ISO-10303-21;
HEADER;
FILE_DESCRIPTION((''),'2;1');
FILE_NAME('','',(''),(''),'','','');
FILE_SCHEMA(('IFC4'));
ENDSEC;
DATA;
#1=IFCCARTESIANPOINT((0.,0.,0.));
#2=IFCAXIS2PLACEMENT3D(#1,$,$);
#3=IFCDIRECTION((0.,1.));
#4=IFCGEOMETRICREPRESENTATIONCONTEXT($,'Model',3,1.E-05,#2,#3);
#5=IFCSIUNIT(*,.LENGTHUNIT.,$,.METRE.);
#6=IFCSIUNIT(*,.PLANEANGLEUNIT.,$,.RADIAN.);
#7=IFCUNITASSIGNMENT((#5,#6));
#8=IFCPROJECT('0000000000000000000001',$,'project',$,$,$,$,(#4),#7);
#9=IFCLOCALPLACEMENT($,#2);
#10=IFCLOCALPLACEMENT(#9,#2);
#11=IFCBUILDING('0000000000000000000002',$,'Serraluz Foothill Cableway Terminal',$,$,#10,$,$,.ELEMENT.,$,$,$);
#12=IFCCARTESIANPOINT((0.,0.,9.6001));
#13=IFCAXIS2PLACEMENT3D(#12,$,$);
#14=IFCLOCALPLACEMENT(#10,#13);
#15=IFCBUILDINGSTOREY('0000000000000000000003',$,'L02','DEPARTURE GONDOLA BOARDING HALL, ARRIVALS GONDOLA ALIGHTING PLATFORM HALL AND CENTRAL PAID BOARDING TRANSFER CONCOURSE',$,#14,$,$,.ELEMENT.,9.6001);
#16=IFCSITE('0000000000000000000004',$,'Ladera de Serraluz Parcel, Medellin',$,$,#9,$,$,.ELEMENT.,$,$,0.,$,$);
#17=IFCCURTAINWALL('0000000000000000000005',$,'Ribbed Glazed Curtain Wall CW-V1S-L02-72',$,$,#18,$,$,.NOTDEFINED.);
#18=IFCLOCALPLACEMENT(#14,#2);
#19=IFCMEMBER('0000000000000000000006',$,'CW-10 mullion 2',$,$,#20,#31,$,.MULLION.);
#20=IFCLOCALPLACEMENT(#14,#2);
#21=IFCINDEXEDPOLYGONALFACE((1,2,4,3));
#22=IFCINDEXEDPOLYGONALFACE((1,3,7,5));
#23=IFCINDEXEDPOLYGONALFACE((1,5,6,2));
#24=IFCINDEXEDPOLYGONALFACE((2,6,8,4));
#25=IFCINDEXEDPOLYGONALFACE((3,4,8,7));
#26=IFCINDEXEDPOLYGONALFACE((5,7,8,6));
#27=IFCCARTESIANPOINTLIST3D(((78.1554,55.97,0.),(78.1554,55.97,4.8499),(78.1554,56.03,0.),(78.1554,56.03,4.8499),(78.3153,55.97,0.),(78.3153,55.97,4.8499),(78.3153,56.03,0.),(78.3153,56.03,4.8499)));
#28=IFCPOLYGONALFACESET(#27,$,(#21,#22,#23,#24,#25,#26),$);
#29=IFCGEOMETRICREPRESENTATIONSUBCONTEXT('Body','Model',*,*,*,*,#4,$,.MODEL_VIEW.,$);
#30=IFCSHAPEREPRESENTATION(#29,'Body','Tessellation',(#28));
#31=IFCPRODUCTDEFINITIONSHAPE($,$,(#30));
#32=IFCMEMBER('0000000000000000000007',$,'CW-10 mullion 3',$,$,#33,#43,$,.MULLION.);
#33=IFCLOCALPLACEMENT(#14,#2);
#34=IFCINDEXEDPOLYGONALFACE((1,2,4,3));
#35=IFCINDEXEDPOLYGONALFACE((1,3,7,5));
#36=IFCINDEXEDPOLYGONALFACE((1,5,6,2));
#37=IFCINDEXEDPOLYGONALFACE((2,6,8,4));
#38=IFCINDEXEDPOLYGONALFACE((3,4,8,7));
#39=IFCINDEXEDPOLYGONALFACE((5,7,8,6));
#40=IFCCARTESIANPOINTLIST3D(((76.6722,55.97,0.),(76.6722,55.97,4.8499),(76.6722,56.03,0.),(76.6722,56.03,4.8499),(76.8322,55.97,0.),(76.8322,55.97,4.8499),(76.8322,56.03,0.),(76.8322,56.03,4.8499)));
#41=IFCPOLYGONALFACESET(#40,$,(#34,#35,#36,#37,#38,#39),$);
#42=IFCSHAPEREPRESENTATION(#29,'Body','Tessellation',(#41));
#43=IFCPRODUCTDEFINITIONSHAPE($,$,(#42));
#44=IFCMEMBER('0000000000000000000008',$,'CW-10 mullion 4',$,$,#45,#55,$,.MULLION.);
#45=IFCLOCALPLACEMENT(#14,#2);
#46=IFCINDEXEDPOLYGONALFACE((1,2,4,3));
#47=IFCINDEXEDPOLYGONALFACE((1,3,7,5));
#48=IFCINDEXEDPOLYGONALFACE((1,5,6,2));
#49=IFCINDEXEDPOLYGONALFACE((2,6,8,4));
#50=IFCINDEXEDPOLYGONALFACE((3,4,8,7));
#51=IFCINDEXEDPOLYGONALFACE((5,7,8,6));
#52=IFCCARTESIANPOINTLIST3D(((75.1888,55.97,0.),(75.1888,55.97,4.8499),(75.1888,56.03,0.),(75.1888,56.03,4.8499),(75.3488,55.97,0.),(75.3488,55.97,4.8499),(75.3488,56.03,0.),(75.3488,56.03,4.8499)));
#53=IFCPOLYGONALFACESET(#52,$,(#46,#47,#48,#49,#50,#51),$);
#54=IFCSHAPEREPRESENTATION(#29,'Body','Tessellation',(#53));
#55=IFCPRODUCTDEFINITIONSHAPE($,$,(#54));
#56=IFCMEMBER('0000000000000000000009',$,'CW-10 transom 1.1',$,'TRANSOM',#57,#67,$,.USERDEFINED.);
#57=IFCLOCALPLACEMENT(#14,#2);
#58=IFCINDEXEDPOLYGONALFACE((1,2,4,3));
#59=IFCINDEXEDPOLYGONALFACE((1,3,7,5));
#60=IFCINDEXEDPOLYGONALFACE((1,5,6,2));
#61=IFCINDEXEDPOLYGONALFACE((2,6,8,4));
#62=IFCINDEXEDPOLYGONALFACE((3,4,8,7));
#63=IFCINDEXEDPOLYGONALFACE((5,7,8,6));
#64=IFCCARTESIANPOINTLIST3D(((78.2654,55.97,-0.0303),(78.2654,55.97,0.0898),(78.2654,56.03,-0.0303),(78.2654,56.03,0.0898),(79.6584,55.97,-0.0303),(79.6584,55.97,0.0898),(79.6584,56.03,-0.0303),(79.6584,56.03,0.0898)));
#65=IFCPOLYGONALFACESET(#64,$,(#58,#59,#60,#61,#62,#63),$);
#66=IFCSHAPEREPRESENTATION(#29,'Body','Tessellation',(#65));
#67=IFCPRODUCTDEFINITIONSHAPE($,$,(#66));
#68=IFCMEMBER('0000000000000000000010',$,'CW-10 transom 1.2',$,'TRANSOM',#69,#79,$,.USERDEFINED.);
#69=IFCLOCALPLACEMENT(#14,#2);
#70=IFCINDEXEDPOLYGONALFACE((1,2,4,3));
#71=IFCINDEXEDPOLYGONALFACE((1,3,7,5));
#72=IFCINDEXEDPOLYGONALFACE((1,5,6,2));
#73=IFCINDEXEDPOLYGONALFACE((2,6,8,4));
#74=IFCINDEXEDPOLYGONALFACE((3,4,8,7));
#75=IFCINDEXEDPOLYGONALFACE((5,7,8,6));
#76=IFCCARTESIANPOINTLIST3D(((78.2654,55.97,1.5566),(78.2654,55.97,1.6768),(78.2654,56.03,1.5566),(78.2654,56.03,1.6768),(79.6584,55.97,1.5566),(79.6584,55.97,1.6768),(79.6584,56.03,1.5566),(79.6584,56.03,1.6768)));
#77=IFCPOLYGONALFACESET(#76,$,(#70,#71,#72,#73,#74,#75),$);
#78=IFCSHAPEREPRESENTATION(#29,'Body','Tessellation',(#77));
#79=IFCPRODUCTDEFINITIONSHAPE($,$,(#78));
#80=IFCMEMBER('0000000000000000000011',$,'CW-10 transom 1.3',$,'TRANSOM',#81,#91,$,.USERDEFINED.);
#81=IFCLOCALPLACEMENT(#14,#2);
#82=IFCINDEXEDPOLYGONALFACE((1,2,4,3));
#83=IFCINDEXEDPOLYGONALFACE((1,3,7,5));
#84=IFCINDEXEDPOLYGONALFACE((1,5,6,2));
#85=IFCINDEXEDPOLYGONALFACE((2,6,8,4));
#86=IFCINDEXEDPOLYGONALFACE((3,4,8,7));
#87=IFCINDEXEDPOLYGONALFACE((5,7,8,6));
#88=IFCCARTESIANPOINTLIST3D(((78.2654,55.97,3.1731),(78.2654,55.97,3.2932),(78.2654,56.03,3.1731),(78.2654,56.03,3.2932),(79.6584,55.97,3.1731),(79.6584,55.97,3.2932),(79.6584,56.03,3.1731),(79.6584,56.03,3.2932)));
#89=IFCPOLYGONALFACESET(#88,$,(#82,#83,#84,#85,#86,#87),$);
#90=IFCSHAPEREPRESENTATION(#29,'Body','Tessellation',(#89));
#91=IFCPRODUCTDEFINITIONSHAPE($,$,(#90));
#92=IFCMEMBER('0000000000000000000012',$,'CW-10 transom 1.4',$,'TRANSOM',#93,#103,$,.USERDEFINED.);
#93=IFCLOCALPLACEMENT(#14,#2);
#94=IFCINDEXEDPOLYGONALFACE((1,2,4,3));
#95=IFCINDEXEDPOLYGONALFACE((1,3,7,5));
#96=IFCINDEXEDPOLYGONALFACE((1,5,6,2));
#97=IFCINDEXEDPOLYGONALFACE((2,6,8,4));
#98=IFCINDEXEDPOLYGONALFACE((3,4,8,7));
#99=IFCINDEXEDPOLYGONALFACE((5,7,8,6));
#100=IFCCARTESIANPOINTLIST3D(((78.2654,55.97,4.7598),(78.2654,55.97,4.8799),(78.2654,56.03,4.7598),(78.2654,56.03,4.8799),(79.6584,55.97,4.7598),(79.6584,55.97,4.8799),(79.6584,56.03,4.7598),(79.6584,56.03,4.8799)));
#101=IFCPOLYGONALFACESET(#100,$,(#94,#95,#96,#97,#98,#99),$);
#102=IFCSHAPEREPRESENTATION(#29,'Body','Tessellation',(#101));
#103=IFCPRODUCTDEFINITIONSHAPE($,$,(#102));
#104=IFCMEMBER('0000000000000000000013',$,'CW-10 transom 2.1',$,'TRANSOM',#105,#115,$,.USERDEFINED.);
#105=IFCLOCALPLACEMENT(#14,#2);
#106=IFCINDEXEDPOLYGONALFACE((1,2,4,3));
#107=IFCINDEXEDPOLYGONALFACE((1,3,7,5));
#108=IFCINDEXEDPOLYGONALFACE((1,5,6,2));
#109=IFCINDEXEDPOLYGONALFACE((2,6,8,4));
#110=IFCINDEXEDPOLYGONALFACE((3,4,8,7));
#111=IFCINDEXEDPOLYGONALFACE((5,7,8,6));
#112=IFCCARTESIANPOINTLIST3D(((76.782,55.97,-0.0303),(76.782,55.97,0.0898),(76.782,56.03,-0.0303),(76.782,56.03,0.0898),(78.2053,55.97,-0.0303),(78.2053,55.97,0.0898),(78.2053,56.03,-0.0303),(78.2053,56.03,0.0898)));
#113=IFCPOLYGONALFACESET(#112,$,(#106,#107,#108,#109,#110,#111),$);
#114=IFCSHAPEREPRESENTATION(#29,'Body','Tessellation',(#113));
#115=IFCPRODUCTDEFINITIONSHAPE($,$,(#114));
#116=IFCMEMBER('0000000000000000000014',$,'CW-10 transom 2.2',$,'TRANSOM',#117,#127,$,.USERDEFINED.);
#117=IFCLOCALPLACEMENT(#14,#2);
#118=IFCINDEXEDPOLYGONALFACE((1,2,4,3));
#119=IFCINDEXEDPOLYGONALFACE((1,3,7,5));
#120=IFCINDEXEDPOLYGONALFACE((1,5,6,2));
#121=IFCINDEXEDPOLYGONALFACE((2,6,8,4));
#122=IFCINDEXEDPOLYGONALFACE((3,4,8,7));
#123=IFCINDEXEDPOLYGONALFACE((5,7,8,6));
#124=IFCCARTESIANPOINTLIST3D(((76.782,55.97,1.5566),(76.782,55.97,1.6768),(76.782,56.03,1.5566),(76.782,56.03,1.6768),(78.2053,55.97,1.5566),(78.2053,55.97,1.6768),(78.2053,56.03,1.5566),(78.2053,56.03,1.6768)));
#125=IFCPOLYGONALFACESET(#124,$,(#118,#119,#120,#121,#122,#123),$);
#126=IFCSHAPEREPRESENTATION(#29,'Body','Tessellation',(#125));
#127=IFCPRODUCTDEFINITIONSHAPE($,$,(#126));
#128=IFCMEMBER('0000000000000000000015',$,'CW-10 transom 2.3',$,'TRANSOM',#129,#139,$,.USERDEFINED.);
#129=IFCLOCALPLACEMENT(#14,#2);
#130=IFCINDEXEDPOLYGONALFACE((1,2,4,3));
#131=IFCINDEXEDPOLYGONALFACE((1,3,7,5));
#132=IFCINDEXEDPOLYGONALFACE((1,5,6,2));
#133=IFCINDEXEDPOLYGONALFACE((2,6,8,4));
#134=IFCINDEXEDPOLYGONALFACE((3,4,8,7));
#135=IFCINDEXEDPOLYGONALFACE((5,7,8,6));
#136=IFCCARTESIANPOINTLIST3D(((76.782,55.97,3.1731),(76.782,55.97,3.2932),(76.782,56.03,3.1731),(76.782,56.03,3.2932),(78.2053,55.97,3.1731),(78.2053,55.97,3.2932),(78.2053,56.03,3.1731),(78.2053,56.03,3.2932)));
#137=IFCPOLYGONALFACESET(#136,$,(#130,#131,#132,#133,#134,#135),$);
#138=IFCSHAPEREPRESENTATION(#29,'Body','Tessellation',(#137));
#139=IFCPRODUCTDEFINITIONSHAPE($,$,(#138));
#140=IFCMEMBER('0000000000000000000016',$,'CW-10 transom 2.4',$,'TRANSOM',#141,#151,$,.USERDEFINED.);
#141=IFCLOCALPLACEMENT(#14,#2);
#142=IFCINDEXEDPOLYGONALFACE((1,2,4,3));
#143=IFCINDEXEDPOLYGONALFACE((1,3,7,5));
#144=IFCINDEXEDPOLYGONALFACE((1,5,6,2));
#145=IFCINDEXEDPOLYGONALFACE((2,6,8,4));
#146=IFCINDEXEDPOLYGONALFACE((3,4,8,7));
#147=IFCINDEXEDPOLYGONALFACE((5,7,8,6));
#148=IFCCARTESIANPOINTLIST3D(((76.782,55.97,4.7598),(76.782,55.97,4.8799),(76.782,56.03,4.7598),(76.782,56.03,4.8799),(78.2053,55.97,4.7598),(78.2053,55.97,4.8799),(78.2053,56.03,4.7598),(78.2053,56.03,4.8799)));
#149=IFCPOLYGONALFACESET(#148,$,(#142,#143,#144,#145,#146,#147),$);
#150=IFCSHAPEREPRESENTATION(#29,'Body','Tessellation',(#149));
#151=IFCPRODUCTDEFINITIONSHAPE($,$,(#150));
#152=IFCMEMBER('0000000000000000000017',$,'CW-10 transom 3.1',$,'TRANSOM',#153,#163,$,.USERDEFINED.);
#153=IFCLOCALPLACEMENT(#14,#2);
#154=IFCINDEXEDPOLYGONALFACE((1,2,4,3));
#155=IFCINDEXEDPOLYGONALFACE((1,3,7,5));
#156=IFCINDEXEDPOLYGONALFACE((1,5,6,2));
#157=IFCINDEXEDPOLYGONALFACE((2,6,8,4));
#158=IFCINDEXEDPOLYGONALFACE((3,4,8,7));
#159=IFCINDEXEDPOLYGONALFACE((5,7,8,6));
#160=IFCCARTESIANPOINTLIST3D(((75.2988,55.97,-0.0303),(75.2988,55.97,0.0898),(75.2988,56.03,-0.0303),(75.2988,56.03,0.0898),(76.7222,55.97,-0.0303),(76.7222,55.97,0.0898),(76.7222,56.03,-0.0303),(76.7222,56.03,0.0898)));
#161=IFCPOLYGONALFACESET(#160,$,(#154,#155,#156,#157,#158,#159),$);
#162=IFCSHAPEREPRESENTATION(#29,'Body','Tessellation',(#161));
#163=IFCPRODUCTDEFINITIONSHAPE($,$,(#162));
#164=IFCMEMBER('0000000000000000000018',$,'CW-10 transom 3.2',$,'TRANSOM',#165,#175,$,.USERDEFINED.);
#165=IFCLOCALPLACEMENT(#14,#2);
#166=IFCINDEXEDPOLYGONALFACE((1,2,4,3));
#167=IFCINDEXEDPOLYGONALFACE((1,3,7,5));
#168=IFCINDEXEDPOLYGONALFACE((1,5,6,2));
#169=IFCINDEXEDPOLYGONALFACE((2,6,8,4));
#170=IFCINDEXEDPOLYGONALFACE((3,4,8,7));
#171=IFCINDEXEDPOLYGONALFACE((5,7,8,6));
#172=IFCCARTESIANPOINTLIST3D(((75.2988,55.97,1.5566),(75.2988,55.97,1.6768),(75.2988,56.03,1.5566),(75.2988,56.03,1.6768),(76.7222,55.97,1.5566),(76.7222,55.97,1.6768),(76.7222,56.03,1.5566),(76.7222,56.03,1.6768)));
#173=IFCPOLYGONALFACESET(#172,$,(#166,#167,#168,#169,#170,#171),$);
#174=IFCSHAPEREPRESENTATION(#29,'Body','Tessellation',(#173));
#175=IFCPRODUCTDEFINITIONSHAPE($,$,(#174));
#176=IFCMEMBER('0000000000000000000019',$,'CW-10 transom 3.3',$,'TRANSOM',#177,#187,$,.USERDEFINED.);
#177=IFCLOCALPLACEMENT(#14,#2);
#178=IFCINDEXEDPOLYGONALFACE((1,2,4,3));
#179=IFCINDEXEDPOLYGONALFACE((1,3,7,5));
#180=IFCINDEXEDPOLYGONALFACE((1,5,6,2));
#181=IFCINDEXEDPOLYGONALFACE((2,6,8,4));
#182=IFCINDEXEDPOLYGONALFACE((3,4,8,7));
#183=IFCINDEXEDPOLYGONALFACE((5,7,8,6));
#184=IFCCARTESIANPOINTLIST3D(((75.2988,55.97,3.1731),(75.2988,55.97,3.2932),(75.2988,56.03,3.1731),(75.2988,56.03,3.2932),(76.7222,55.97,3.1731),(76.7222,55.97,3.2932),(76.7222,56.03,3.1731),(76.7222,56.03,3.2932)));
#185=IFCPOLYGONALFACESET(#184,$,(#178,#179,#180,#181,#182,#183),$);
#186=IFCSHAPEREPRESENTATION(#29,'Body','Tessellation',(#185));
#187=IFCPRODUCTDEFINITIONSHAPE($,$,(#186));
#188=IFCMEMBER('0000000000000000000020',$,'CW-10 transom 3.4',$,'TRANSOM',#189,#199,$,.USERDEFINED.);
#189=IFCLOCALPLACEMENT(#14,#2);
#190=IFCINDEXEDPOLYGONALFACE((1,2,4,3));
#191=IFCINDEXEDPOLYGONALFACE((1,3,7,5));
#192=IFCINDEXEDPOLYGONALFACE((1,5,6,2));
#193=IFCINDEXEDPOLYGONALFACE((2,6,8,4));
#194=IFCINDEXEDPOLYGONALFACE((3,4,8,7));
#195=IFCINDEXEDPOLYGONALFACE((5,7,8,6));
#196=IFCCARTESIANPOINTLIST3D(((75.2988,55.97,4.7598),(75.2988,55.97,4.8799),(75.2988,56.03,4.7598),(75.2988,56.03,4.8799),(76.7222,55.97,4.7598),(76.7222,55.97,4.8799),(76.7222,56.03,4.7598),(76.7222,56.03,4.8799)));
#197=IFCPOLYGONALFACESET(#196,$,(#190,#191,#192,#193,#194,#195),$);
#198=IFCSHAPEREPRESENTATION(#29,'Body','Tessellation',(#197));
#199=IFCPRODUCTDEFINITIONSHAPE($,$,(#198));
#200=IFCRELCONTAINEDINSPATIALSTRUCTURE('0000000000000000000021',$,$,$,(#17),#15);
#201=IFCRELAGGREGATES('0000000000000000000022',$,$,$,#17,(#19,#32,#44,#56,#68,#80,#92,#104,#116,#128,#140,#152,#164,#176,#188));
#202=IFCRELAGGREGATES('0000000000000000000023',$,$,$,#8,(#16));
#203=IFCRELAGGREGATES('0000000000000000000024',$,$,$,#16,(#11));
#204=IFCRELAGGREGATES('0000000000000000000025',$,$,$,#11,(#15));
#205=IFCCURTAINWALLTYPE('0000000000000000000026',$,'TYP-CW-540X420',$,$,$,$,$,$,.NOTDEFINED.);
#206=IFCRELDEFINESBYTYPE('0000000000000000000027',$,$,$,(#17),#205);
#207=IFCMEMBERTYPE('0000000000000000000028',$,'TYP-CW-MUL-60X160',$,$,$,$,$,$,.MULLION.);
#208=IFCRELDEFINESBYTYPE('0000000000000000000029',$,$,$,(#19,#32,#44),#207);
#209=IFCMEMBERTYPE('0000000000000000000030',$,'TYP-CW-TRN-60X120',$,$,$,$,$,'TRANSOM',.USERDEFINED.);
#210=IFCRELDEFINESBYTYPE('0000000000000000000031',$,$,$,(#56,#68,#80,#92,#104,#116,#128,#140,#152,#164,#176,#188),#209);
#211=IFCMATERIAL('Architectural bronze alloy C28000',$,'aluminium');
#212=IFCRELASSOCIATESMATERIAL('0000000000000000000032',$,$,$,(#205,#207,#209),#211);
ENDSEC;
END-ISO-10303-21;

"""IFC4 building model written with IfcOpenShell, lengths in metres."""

from ifc_helpers import new_model, si_unit, direction, frame, origin, origin_2d, place, context, subcontext, project, spatial, rectangle, extrude, material, material_profile, profile_set, type_object, element, aggregate, save


model = new_model("IFC4")

# Units and contexts
model_context = context("Model", 3, precision=1e-05, world=origin(), true_north=direction((0.0, 1.0)))
body_context = subcontext(model_context, "Body", "Model", "MODEL_VIEW")
ifc_project = project(units=[si_unit("LENGTHUNIT", "METRE"), si_unit("PLANEANGLEUNIT", "RADIAN")], contexts=[model_context])

# Site, building, storey
site_placement = place(None, origin())
site = spatial("IfcSite", under=ifc_project, at=site_placement, Name="Ladera de Serraluz Parcel, Medellin", CompositionType="ELEMENT", RefElevation=0.0)
building_placement = place(site_placement, origin())
building = spatial("IfcBuilding", under=site, at=building_placement, Name="Serraluz Foothill Cableway Terminal", CompositionType="ELEMENT")
storey_placement = place(building_placement, frame((0.0, 0.0, 9.6001)))
storey = spatial("IfcBuildingStorey", under=building, at=storey_placement, Name="L02", Description="DEPARTURE GONDOLA BOARDING HALL, ARRIVALS GONDOLA ALIGHTING PLATFORM HALL AND CENTRAL PAID BOARDING TRANSFER CONCOURSE", CompositionType="ELEMENT", Elevation=9.6001)

# Curtain wall, members
ifc_material_1 = material(Name="Architectural bronze alloy C28000", Category="aluminium")
curtain_wall_type = type_object("IfcCurtainWallType", Name="TYP-CW-540X420", PredefinedType="NOTDEFINED", material=ifc_material_1)
curtain_wall_placement = place(storey_placement, origin())
curtain_wall = element("IfcCurtainWall", 1, at=curtain_wall_placement, inside=storey, type_object=curtain_wall_type, Name="Ribbed Glazed Curtain Wall CW-V1S-L02-72", PredefinedType="NOTDEFINED")
ifc_material_profile_1 = material_profile(ifc_material_1, rectangle(XDim=0.0601, YDim=0.1599, at=origin_2d()), Name="ALU MULLION 60x160")
ifc_profile_set_1 = profile_set([ifc_material_profile_1], Name="Architectural bronze alloy C28000")
member_type_1 = type_object("IfcMemberType", Name="TYP-CW-MUL-60X160", PredefinedType="MULLION", material=ifc_profile_set_1)
member_1_placement = place(storey_placement, frame((78.2354, 56.0, 0.0), z_axis=(0.0, 0.0, 1.0), x_axis=(0.0, -1.0, 0.0)))
member_1 = element("IfcMember", 2, at=member_1_placement, type_object=member_type_1, Name="CW-10 mullion 2", PredefinedType="MULLION", context=body_context, shape_type="SweptSolid", body=[
    extrude(rectangle(XDim=0.0601, YDim=0.1599, at=origin_2d()), origin(), (0.0, 0.0, 1.0), 4.8499),
])
member_2_placement = place(storey_placement, frame((76.7522, 56.0, 0.0), z_axis=(0.0, 0.0, 1.0), x_axis=(0.0, -1.0, 0.0)))
member_2 = element("IfcMember", 3, at=member_2_placement, type_object=member_type_1, Name="CW-10 mullion 3", PredefinedType="MULLION", context=body_context, shape_type="SweptSolid", body=[
    extrude(rectangle(XDim=0.0601, YDim=0.1599, at=origin_2d()), origin(), (0.0, 0.0, 1.0), 4.8499),
])
member_3_placement = place(storey_placement, frame((75.2688, 56.0, 0.0), z_axis=(0.0, 0.0, 1.0), x_axis=(0.0, -1.0, 0.0)))
member_3 = element("IfcMember", 4, at=member_3_placement, type_object=member_type_1, Name="CW-10 mullion 4", PredefinedType="MULLION", context=body_context, shape_type="SweptSolid", body=[
    extrude(rectangle(XDim=0.0601, YDim=0.1599, at=origin_2d()), origin(), (0.0, 0.0, 1.0), 4.8499),
])
ifc_material_profile_2 = material_profile(ifc_material_1, rectangle(XDim=0.0601, YDim=0.1201, at=origin_2d()), Name="ALU TRANSOM 60x120")
ifc_profile_set_2 = profile_set([ifc_material_profile_2], Name="Architectural bronze alloy C28000")
member_type_2 = type_object("IfcMemberType", Name="TYP-CW-TRN-60X120", ElementType="TRANSOM", PredefinedType="USERDEFINED", material=ifc_profile_set_2)
member_4_placement = place(storey_placement, frame((79.6584, 56.0, 0.0298), z_axis=(-1.0, 0.0, 0.0), x_axis=(0.0, -1.0, 0.0)))
member_4 = element("IfcMember", 5, at=member_4_placement, type_object=member_type_2, Name="CW-10 transom 1.1", ObjectType="TRANSOM", PredefinedType="USERDEFINED", context=body_context, shape_type="SweptSolid", body=[
    extrude(rectangle(XDim=0.0601, YDim=0.1201, at=origin_2d()), origin(), (0.0, 0.0, 1.0), 1.3931),
])
member_5_placement = place(storey_placement, frame((79.6584, 56.0, 1.6167), z_axis=(-1.0, 0.0, 0.0), x_axis=(0.0, -1.0, 0.0)))
member_5 = element("IfcMember", 6, at=member_5_placement, type_object=member_type_2, Name="CW-10 transom 1.2", ObjectType="TRANSOM", PredefinedType="USERDEFINED", context=body_context, shape_type="SweptSolid", body=[
    extrude(rectangle(XDim=0.0601, YDim=0.1201, at=origin_2d()), origin(), (0.0, 0.0, 1.0), 1.3931),
])
member_6_placement = place(storey_placement, frame((79.6584, 56.0, 3.2332), z_axis=(-1.0, 0.0, 0.0), x_axis=(0.0, -1.0, 0.0)))
member_6 = element("IfcMember", 7, at=member_6_placement, type_object=member_type_2, Name="CW-10 transom 1.3", ObjectType="TRANSOM", PredefinedType="USERDEFINED", context=body_context, shape_type="SweptSolid", body=[
    extrude(rectangle(XDim=0.0601, YDim=0.1201, at=origin_2d()), origin(), (0.0, 0.0, 1.0), 1.3931),
])
member_7_placement = place(storey_placement, frame((79.6584, 56.0, 4.8198), z_axis=(-1.0, 0.0, 0.0), x_axis=(0.0, -1.0, 0.0)))
member_7 = element("IfcMember", 8, at=member_7_placement, type_object=member_type_2, Name="CW-10 transom 1.4", ObjectType="TRANSOM", PredefinedType="USERDEFINED", context=body_context, shape_type="SweptSolid", body=[
    extrude(rectangle(XDim=0.0601, YDim=0.1201, at=origin_2d()), origin(), (0.0, 0.0, 1.0), 1.3931),
])
member_8_placement = place(storey_placement, frame((78.2053, 56.0, 0.0298), z_axis=(-1.0, 0.0, 0.0), x_axis=(0.0, -1.0, 0.0)))
member_8 = element("IfcMember", 9, at=member_8_placement, type_object=member_type_2, Name="CW-10 transom 2.1", ObjectType="TRANSOM", PredefinedType="USERDEFINED", context=body_context, shape_type="SweptSolid", body=[
    extrude(rectangle(XDim=0.0601, YDim=0.1201, at=origin_2d()), origin(), (0.0, 0.0, 1.0), 1.4233),
])
member_9_placement = place(storey_placement, frame((78.2053, 56.0, 1.6167), z_axis=(-1.0, 0.0, 0.0), x_axis=(0.0, -1.0, 0.0)))
member_9 = element("IfcMember", 10, at=member_9_placement, type_object=member_type_2, Name="CW-10 transom 2.2", ObjectType="TRANSOM", PredefinedType="USERDEFINED", context=body_context, shape_type="SweptSolid", body=[
    extrude(rectangle(XDim=0.0601, YDim=0.1201, at=origin_2d()), origin(), (0.0, 0.0, 1.0), 1.4233),
])
member_10_placement = place(storey_placement, frame((78.2053, 56.0, 3.2332), z_axis=(-1.0, 0.0, 0.0), x_axis=(0.0, -1.0, 0.0)))
member_10 = element("IfcMember", 11, at=member_10_placement, type_object=member_type_2, Name="CW-10 transom 2.3", ObjectType="TRANSOM", PredefinedType="USERDEFINED", context=body_context, shape_type="SweptSolid", body=[
    extrude(rectangle(XDim=0.0601, YDim=0.1201, at=origin_2d()), origin(), (0.0, 0.0, 1.0), 1.4233),
])
member_11_placement = place(storey_placement, frame((78.2053, 56.0, 4.8198), z_axis=(-1.0, 0.0, 0.0), x_axis=(0.0, -1.0, 0.0)))
member_11 = element("IfcMember", 12, at=member_11_placement, type_object=member_type_2, Name="CW-10 transom 2.4", ObjectType="TRANSOM", PredefinedType="USERDEFINED", context=body_context, shape_type="SweptSolid", body=[
    extrude(rectangle(XDim=0.0601, YDim=0.1201, at=origin_2d()), origin(), (0.0, 0.0, 1.0), 1.4233),
])
member_12_placement = place(storey_placement, frame((76.7222, 56.0, 0.0298), z_axis=(-1.0, 0.0, 0.0), x_axis=(0.0, -1.0, 0.0)))
member_12 = element("IfcMember", 13, at=member_12_placement, type_object=member_type_2, Name="CW-10 transom 3.1", ObjectType="TRANSOM", PredefinedType="USERDEFINED", context=body_context, shape_type="SweptSolid", body=[
    extrude(rectangle(XDim=0.0601, YDim=0.1201, at=origin_2d()), origin(), (0.0, 0.0, 1.0), 1.4233),
])
member_13_placement = place(storey_placement, frame((76.7222, 56.0, 1.6167), z_axis=(-1.0, 0.0, 0.0), x_axis=(0.0, -1.0, 0.0)))
member_13 = element("IfcMember", 14, at=member_13_placement, type_object=member_type_2, Name="CW-10 transom 3.2", ObjectType="TRANSOM", PredefinedType="USERDEFINED", context=body_context, shape_type="SweptSolid", body=[
    extrude(rectangle(XDim=0.0601, YDim=0.1201, at=origin_2d()), origin(), (0.0, 0.0, 1.0), 1.4233),
])
member_14_placement = place(storey_placement, frame((76.7222, 56.0, 3.2332), z_axis=(-1.0, 0.0, 0.0), x_axis=(0.0, -1.0, 0.0)))
member_14 = element("IfcMember", 15, at=member_14_placement, type_object=member_type_2, Name="CW-10 transom 3.3", ObjectType="TRANSOM", PredefinedType="USERDEFINED", context=body_context, shape_type="SweptSolid", body=[
    extrude(rectangle(XDim=0.0601, YDim=0.1201, at=origin_2d()), origin(), (0.0, 0.0, 1.0), 1.4233),
])
member_15_placement = place(storey_placement, frame((76.7222, 56.0, 4.8198), z_axis=(-1.0, 0.0, 0.0), x_axis=(0.0, -1.0, 0.0)))
member_15 = element("IfcMember", 16, at=member_15_placement, type_object=member_type_2, Name="CW-10 transom 3.4", ObjectType="TRANSOM", PredefinedType="USERDEFINED", context=body_context, shape_type="SweptSolid", body=[
    extrude(rectangle(XDim=0.0601, YDim=0.1201, at=origin_2d()), origin(), (0.0, 0.0, 1.0), 1.4233),
])
aggregate(curtain_wall, [member_1, member_2, member_3, member_4, member_5, member_6, member_7, member_8, member_9, member_10, member_11, member_12, member_13, member_14, member_15])

save(model, "model.ifc")
